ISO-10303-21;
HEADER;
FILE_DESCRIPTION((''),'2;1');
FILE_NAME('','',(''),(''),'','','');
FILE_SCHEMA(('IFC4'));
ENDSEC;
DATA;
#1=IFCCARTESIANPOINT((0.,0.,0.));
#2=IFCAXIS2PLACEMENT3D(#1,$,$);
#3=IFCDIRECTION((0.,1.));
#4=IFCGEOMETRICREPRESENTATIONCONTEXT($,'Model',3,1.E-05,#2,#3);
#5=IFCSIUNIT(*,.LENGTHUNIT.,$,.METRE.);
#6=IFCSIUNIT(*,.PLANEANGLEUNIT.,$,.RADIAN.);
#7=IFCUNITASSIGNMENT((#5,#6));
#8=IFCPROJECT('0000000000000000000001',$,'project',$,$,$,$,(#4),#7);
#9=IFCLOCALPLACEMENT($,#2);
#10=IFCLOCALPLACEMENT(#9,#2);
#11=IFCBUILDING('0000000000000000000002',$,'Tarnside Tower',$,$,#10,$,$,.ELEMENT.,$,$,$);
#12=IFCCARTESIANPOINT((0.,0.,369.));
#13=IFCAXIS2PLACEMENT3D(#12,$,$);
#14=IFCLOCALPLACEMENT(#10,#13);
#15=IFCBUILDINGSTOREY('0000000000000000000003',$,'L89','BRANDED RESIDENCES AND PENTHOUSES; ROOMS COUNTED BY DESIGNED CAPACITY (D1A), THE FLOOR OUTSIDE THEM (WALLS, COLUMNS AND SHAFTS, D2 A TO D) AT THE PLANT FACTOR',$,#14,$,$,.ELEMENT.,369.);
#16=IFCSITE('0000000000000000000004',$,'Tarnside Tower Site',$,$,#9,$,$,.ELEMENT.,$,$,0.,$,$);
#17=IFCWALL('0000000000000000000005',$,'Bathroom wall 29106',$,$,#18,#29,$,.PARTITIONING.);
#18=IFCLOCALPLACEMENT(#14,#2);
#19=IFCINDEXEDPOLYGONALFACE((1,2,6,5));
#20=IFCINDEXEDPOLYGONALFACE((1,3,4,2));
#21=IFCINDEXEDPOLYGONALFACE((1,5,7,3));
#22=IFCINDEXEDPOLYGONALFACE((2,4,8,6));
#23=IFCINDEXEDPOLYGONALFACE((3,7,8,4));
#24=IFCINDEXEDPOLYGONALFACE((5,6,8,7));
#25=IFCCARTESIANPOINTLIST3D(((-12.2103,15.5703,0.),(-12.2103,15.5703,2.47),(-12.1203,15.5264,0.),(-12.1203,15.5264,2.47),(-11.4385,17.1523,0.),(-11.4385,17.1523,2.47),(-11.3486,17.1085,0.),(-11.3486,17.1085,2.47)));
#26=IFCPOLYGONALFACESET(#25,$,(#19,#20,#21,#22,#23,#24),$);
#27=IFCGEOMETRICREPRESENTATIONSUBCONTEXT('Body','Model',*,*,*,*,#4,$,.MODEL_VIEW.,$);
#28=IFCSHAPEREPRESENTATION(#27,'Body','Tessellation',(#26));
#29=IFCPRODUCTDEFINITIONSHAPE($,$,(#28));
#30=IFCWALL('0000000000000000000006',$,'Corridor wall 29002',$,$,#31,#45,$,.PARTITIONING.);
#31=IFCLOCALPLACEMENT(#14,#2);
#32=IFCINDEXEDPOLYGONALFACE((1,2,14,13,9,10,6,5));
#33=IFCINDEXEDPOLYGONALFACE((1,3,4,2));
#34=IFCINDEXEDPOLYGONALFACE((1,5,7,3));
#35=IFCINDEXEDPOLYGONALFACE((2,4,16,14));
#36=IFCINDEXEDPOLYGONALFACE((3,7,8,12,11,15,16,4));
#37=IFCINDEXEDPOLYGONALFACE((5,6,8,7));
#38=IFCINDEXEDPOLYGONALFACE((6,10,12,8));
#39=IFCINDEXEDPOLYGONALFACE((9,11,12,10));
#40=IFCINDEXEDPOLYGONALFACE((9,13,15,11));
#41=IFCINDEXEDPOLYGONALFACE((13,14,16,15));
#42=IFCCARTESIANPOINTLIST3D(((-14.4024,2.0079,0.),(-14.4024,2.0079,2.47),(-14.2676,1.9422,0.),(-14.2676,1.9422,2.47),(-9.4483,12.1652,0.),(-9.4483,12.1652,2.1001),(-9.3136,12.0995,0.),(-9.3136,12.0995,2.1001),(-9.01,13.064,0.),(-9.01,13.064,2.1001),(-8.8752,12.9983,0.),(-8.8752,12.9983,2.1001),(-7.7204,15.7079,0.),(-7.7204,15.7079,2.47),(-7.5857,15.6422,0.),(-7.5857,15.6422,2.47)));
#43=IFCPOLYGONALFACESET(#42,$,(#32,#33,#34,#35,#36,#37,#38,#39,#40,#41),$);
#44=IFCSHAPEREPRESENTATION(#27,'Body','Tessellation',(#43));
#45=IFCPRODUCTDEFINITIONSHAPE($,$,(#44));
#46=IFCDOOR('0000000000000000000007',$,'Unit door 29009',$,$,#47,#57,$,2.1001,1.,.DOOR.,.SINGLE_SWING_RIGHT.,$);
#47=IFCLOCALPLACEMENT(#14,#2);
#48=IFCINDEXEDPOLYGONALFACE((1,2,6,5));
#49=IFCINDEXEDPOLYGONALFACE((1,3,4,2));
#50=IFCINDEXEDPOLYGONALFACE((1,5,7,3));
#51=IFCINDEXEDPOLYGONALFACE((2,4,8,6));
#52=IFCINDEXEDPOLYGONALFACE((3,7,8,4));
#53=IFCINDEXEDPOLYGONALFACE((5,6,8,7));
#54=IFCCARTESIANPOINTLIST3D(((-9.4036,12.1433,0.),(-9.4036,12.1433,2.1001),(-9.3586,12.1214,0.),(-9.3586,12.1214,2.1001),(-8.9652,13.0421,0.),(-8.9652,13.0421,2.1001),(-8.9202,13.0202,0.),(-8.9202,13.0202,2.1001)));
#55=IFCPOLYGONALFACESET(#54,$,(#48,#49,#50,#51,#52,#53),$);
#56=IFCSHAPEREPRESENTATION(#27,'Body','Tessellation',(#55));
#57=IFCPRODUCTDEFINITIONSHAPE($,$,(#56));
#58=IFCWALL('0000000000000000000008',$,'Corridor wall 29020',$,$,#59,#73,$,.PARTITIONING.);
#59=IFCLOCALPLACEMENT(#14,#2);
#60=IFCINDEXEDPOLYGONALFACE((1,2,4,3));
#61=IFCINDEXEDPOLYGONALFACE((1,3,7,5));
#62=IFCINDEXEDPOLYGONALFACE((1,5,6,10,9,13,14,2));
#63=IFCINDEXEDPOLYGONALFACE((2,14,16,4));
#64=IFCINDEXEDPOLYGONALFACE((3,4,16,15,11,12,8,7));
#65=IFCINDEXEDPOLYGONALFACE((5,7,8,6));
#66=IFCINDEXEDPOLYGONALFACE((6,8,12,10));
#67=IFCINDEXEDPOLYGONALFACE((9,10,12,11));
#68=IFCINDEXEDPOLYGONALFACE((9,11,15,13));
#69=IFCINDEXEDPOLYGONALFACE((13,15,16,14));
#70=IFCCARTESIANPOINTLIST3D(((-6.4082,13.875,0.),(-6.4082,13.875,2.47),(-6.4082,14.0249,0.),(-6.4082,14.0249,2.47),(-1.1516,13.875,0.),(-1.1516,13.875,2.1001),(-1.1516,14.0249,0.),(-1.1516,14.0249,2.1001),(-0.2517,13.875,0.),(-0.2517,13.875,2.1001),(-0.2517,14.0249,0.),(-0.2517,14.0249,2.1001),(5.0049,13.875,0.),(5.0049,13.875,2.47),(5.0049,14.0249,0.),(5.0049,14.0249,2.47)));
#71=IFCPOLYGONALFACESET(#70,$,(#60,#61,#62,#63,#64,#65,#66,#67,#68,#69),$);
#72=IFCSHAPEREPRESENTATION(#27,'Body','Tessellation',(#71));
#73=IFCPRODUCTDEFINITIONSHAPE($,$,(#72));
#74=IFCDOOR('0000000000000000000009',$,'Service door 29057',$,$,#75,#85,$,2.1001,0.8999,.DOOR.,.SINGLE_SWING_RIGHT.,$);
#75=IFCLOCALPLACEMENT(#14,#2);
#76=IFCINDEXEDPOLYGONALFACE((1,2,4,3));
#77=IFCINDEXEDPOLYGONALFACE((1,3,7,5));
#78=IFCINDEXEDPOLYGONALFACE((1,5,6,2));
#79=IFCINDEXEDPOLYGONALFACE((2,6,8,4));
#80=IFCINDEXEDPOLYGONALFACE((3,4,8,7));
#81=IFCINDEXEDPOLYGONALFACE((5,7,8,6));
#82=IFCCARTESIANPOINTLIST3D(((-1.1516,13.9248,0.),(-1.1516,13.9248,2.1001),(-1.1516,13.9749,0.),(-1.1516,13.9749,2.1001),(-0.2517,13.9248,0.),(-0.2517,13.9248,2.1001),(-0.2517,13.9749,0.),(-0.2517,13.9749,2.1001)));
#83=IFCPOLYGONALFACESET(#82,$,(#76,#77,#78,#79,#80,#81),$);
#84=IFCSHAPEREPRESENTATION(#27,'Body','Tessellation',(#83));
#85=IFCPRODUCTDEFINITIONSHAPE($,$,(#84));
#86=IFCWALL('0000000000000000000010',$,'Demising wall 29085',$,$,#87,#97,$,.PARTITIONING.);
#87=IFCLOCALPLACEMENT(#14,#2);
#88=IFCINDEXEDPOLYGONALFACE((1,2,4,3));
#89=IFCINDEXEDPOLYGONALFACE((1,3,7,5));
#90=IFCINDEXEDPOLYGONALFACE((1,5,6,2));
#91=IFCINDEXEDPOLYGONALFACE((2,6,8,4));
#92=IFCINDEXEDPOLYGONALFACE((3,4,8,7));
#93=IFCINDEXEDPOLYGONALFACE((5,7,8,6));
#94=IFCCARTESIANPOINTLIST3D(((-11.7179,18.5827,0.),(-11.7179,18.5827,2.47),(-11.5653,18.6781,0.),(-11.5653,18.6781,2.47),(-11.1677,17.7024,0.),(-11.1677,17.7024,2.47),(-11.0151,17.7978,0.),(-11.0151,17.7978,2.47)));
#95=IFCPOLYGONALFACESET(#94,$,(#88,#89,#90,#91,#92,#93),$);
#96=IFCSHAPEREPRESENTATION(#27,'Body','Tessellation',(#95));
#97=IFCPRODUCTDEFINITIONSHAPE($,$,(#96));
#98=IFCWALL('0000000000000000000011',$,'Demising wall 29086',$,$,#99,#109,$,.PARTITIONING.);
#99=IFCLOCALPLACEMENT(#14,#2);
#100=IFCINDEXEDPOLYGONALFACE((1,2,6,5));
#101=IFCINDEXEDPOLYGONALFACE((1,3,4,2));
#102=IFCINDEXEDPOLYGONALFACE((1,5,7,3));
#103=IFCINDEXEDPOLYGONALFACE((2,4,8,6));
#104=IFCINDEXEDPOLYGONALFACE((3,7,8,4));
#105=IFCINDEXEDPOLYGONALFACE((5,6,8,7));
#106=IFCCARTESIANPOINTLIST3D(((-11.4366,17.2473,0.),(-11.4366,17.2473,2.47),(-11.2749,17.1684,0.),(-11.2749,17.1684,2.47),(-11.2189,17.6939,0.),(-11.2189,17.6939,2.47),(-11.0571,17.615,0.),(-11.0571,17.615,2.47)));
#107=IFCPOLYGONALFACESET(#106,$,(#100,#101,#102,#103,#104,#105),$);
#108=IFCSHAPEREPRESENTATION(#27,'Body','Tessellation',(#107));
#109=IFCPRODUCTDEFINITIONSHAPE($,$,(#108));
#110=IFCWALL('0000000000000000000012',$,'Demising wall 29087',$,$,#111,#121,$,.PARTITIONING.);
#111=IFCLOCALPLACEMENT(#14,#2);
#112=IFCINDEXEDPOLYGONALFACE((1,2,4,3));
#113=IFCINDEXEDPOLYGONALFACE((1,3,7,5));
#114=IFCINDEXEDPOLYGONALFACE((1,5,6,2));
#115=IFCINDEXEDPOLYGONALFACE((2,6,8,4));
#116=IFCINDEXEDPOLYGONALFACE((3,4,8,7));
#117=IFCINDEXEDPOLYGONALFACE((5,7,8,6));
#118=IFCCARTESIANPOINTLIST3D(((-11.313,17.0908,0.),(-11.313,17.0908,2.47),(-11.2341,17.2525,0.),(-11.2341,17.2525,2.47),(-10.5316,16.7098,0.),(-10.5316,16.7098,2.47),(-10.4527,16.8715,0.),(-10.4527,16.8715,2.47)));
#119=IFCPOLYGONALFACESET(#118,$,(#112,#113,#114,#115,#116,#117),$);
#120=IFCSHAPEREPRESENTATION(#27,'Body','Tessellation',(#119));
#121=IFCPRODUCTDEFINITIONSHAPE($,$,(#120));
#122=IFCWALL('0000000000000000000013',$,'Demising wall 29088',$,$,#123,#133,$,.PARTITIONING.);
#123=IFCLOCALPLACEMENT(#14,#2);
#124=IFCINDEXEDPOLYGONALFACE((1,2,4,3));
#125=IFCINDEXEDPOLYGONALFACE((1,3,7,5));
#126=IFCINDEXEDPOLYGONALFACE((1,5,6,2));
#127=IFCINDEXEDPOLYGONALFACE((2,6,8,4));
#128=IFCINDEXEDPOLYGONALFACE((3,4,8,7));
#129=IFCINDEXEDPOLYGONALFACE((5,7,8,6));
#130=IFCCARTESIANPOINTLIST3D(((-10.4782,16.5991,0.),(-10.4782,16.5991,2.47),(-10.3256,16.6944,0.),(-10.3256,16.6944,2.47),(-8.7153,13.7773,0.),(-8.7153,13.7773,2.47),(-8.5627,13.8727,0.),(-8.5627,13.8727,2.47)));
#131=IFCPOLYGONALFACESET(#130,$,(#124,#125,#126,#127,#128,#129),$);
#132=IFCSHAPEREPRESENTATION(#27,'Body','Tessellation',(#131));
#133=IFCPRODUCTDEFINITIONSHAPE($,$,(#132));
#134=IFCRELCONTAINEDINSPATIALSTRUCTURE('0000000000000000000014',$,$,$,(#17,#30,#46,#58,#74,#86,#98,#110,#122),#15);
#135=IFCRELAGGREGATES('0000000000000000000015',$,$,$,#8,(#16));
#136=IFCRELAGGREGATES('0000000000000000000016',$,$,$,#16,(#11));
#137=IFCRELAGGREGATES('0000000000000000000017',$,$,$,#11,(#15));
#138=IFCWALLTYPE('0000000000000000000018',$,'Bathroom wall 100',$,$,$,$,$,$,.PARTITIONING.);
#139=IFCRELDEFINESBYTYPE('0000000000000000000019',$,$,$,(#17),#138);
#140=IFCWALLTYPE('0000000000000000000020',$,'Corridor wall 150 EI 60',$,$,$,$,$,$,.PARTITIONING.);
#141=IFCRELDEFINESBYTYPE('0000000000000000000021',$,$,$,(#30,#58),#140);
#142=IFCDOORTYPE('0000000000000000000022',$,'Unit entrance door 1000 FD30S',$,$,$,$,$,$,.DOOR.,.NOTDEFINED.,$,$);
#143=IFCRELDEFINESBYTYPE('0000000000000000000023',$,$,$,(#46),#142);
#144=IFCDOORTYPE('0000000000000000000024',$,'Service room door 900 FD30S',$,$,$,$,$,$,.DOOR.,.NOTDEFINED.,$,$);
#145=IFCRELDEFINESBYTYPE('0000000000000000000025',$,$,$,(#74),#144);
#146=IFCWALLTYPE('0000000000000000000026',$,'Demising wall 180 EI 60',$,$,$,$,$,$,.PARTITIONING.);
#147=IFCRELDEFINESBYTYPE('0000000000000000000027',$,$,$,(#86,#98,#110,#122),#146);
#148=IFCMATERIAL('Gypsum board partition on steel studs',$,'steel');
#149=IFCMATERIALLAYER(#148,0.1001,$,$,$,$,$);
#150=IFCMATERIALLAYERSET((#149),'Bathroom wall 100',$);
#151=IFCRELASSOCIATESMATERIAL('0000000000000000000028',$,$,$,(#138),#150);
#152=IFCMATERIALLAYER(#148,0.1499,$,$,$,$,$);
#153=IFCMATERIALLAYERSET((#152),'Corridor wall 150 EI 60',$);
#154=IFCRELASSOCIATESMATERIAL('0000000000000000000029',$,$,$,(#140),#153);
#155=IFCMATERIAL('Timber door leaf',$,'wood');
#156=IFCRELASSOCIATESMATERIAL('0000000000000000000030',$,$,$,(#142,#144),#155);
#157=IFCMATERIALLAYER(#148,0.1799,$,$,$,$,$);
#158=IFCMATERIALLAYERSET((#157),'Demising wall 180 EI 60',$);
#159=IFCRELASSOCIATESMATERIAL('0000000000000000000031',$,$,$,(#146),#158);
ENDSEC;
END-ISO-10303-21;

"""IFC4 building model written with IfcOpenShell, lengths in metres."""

from ifc_helpers import new_model, si_unit, direction, frame, frame_2d, origin, place, context, subcontext, project, spatial, rectangle, extrude, material, layer, layer_set, type_object, element, fill, save


model = new_model("IFC4")

# Units and contexts
model_context = context("Model", 3, precision=1e-05, world=origin(), true_north=direction((0.0, 1.0)))
body_context = subcontext(model_context, "Body", "Model", "MODEL_VIEW")
ifc_project = project(units=[si_unit("LENGTHUNIT", "METRE"), si_unit("PLANEANGLEUNIT", "RADIAN")], contexts=[model_context])

# Site, building, storey
site_placement = place(None, origin())
site = spatial("IfcSite", under=ifc_project, at=site_placement, Name="Tarnside Tower Site", CompositionType="ELEMENT", RefElevation=0.0)
building_placement = place(site_placement, origin())
building = spatial("IfcBuilding", under=site, at=building_placement, Name="Tarnside Tower", CompositionType="ELEMENT")
storey_placement = place(building_placement, frame((0.0, 0.0, 369.0)))
storey = spatial("IfcBuildingStorey", under=building, at=storey_placement, Name="L89", Description="BRANDED RESIDENCES AND PENTHOUSES; ROOMS COUNTED BY DESIGNED CAPACITY (D1A), THE FLOOR OUTSIDE THEM (WALLS, COLUMNS AND SHAFTS, D2 A TO D) AT THE PLANT FACTOR", CompositionType="ELEMENT", Elevation=369.0)

# Wall
ifc_material_1 = material(Name="Gypsum board partition on steel studs", Category="steel")
ifc_layer_1 = layer(ifc_material_1, 0.1001)
ifc_layer_set_1 = layer_set([ifc_layer_1], Name="Bathroom wall 100")
wall_type_1 = type_object("IfcWallType", Name="Bathroom wall 100", PredefinedType="PARTITIONING", material=ifc_layer_set_1)
wall_1_placement = place(storey_placement, frame((-12.1653, 15.5483, 0.0), z_axis=(0.0, 0.0, 1.0), x_axis=(0.438426, 0.898767, 0.0)))
element("IfcWall", 1, at=wall_1_placement, inside=storey, type_object=wall_type_1, Name="Bathroom wall 29106", PredefinedType="PARTITIONING", context=body_context, shape_type="SweptSolid", body=[
    extrude(rectangle(XDim=1.7603, YDim=0.1001, at=frame_2d((0.8801, 0.0))), origin(), (0.0, 0.0, 1.0), 2.47),
])

# Walls, openings, doors
ifc_layer_2 = layer(ifc_material_1, 0.1499)
ifc_layer_set_2 = layer_set([ifc_layer_2], Name="Corridor wall 150 EI 60")
wall_type_2 = type_object("IfcWallType", Name="Corridor wall 150 EI 60", PredefinedType="PARTITIONING", material=ifc_layer_set_2)
wall_2_placement = place(storey_placement, frame((-7.6531, 15.675, 0.0), z_axis=(0.0, 0.0, 1.0), x_axis=(-0.43837, -0.898795, 0.0)))
wall_2 = element("IfcWall", 2, at=wall_2_placement, inside=storey, type_object=wall_type_2, Name="Corridor wall 29002", PredefinedType="PARTITIONING", context=body_context, shape_type="SweptSolid", body=[
    extrude(rectangle(XDim=15.2427, YDim=0.1499, at=frame_2d((7.6213, 0.0))), origin(), (0.0, 0.0, 1.0), 2.47),
])
opening_1_placement = place(wall_2_placement, frame((2.9417, 0.0, 0.0)))
opening_1 = element("IfcOpeningElement", 3, at=opening_1_placement, cuts=wall_2, PredefinedType="OPENING", context=body_context, shape_type="SweptSolid", body=[
    extrude(rectangle(XDim=1.0, YDim=2.1001, at=frame_2d((0.5, 1.05))), frame((0.0, 0.085, 0.0), z_axis=(0.0, -1.0, 0.0), x_axis=(1.0, 0.0, 0.0)), (0.0, 0.0, 1.0), 0.1699),
])
ifc_material_2 = material(Name="Timber door leaf", Category="wood")
door_type_1 = type_object("IfcDoorType", Name="Unit entrance door 1000 FD30S", OperationType="NOTDEFINED", PredefinedType="DOOR", material=ifc_material_2)
door_1_placement = place(opening_1_placement, origin())
door_1 = element("IfcDoor", 4, at=door_1_placement, inside=storey, type_object=door_type_1, Name="Unit door 29009", OperationType="SINGLE_SWING_RIGHT", OverallHeight=2.1001, OverallWidth=1.0, PredefinedType="DOOR", context=body_context, shape_type="SweptSolid", body=[
    extrude(rectangle(XDim=1.0, YDim=2.1001, at=frame_2d((0.5, 1.05))), frame((0.0, 0.0249, 0.0), z_axis=(0.0, -1.0, 0.0), x_axis=(1.0, 0.0, 0.0)), (0.0, 0.0, 1.0), 0.05),
])
fill(opening_1, door_1)
wall_3_placement = place(storey_placement, frame((-6.4082, 13.95, 0.0), z_axis=(0.0, 0.0, 1.0), x_axis=(1.0, 0.0, 0.0)))
wall_3 = element("IfcWall", 5, at=wall_3_placement, inside=storey, type_object=wall_type_2, Name="Corridor wall 29020", PredefinedType="PARTITIONING", context=body_context, shape_type="SweptSolid", body=[
    extrude(rectangle(XDim=11.4131, YDim=0.1499, at=frame_2d((5.7065, 0.0))), origin(), (0.0, 0.0, 1.0), 2.47),
])
opening_2_placement = place(wall_3_placement, frame((5.2566, 0.0, 0.0)))
opening_2 = element("IfcOpeningElement", 6, at=opening_2_placement, cuts=wall_3, PredefinedType="OPENING", context=body_context, shape_type="SweptSolid", body=[
    extrude(rectangle(XDim=0.8999, YDim=2.1001, at=frame_2d((0.45, 1.05))), frame((0.0, 0.085, 0.0), z_axis=(0.0, -1.0, 0.0), x_axis=(1.0, 0.0, 0.0)), (0.0, 0.0, 1.0), 0.1699),
])
door_type_2 = type_object("IfcDoorType", Name="Service room door 900 FD30S", OperationType="NOTDEFINED", PredefinedType="DOOR", material=ifc_material_2)
door_2_placement = place(opening_2_placement, origin())
door_2 = element("IfcDoor", 7, at=door_2_placement, inside=storey, type_object=door_type_2, Name="Service door 29057", OperationType="SINGLE_SWING_RIGHT", OverallHeight=2.1001, OverallWidth=0.8999, PredefinedType="DOOR", context=body_context, shape_type="SweptSolid", body=[
    extrude(rectangle(XDim=0.8999, YDim=2.1001, at=frame_2d((0.45, 1.05))), frame((0.0, 0.0249, 0.0), z_axis=(0.0, -1.0, 0.0), x_axis=(1.0, 0.0, 0.0)), (0.0, 0.0, 1.0), 0.05),
])
fill(opening_2, door_2)

# Walls
ifc_layer_3 = layer(ifc_material_1, 0.1799)
ifc_layer_set_3 = layer_set([ifc_layer_3], Name="Demising wall 180 EI 60")
wall_type_3 = type_object("IfcWallType", Name="Demising wall 180 EI 60", PredefinedType="PARTITIONING", material=ifc_layer_set_3)
wall_4_placement = place(storey_placement, frame((-11.6416, 18.6304, 0.0), z_axis=(0.0, 0.0, 1.0), x_axis=(0.530041, -0.847972, 0.0)))
element("IfcWall", 8, at=wall_4_placement, inside=storey, type_object=wall_type_3, Name="Demising wall 29085", PredefinedType="PARTITIONING", context=body_context, shape_type="SweptSolid", body=[
    extrude(rectangle(XDim=1.0381, YDim=0.1799, at=frame_2d((0.519, 0.0))), origin(), (0.0, 0.0, 1.0), 2.47),
])
wall_5_placement = place(storey_placement, frame((-11.1379, 17.6545, 0.0), z_axis=(0.0, 0.0, 1.0), x_axis=(-0.438346, -0.898806, 0.0)))
element("IfcWall", 9, at=wall_5_placement, inside=storey, type_object=wall_type_3, Name="Demising wall 29086", PredefinedType="PARTITIONING", context=body_context, shape_type="SweptSolid", body=[
    extrude(rectangle(XDim=0.4968, YDim=0.1799, at=frame_2d((0.2485, 0.0))), origin(), (0.0, 0.0, 1.0), 2.47),
])
wall_6_placement = place(storey_placement, frame((-11.2734, 17.1716, 0.0), z_axis=(0.0, 0.0, 1.0), x_axis=(0.89882, -0.438319, 0.0)))
element("IfcWall", 10, at=wall_6_placement, inside=storey, type_object=wall_type_3, Name="Demising wall 29087", PredefinedType="PARTITIONING", context=body_context, shape_type="SweptSolid", body=[
    extrude(rectangle(XDim=0.8694, YDim=0.1799, at=frame_2d((0.4346, 0.0))), origin(), (0.0, 0.0, 1.0), 2.47),
])
wall_7_placement = place(storey_placement, frame((-10.4019, 16.6467, 0.0), z_axis=(0.0, 0.0, 1.0), x_axis=(0.529854, -0.848089, 0.0)))
element("IfcWall", 11, at=wall_7_placement, inside=storey, type_object=wall_type_3, Name="Demising wall 29088", PredefinedType="PARTITIONING", context=body_context, shape_type="SweptSolid", body=[
    extrude(rectangle(XDim=3.3271, YDim=0.1799, at=frame_2d((1.6636, 0.0))), origin(), (0.0, 0.0, 1.0), 2.47),
])

save(model, "model.ifc")
